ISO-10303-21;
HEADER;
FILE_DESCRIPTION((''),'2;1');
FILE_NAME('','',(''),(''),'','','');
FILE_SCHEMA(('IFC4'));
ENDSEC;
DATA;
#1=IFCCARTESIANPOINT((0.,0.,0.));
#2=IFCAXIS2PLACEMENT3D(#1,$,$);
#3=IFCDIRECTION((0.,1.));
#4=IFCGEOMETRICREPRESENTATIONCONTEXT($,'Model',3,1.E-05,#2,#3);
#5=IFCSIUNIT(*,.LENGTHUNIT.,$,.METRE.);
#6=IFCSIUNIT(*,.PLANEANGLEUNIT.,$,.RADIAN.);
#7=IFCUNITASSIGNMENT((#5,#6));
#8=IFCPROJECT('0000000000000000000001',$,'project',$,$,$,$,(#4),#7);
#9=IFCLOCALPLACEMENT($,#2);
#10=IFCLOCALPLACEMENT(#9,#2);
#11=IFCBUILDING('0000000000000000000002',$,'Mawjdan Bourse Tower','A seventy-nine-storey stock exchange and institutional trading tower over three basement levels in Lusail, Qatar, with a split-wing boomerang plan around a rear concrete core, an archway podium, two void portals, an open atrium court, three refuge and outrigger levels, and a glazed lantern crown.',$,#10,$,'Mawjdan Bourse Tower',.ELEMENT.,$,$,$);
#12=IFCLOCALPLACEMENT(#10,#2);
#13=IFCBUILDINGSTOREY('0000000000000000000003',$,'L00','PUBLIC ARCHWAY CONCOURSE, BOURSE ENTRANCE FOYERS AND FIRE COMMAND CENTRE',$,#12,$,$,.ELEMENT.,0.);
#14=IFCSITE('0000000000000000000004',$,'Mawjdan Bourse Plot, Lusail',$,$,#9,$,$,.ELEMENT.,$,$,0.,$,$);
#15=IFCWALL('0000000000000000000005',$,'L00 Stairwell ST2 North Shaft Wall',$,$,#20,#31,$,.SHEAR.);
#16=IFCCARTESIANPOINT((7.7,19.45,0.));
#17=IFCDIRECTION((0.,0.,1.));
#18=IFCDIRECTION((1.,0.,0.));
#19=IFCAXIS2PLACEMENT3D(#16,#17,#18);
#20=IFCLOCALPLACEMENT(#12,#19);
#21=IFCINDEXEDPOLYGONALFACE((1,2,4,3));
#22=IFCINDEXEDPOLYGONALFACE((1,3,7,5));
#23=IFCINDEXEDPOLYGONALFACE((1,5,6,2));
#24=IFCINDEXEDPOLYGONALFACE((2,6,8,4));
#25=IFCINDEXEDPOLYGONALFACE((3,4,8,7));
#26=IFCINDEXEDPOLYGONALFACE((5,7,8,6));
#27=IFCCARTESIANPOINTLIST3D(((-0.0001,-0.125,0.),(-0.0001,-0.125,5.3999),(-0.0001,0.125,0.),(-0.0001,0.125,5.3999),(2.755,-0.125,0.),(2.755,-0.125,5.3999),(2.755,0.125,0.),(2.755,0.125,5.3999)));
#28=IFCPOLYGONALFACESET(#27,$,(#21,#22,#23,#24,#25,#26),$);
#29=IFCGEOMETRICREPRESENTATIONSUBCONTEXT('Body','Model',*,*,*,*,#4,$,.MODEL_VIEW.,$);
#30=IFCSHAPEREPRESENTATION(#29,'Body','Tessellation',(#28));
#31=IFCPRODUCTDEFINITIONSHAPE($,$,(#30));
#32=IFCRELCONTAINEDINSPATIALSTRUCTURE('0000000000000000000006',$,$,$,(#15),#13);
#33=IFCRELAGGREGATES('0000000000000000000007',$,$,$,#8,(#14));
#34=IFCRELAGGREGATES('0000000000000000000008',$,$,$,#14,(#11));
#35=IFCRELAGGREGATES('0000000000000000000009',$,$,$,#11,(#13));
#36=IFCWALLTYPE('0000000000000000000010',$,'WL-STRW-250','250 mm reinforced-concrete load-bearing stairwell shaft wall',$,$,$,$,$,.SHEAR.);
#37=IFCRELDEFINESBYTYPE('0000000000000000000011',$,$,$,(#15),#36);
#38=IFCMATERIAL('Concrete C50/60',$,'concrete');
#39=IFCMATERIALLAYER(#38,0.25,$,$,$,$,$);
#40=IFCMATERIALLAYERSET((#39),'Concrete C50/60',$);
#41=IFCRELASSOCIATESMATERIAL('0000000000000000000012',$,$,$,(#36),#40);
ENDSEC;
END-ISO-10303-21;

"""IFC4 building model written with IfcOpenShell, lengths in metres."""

from ifc_helpers import new_model, si_unit, direction, frame, frame_2d, origin, place, context, subcontext, project, spatial, rectangle, extrude, material, layer, layer_set, type_object, element, save


model = new_model("IFC4")

# Units and contexts
model_context = context("Model", 3, precision=1e-05, world=origin(), true_north=direction((0.0, 1.0)))
body_context = subcontext(model_context, "Body", "Model", "MODEL_VIEW")
ifc_project = project(units=[si_unit("LENGTHUNIT", "METRE"), si_unit("PLANEANGLEUNIT", "RADIAN")], contexts=[model_context])

# Site, building, storey
site_placement = place(None, origin())
site = spatial("IfcSite", under=ifc_project, at=site_placement, Name="Mawjdan Bourse Plot, Lusail", CompositionType="ELEMENT", RefElevation=0.0)
building_placement = place(site_placement, origin())
building = spatial("IfcBuilding", under=site, at=building_placement, Name="Mawjdan Bourse Tower", Description="A seventy-nine-storey stock exchange and institutional trading tower over three basement levels in Lusail, Qatar, with a split-wing boomerang plan around a rear concrete core, an archway podium, two void portals, an open atrium court, three refuge and outrigger levels, and a glazed lantern crown.", LongName="Mawjdan Bourse Tower", CompositionType="ELEMENT")
storey_placement = place(building_placement, origin())
storey = spatial("IfcBuildingStorey", under=building, at=storey_placement, Name="L00", Description="PUBLIC ARCHWAY CONCOURSE, BOURSE ENTRANCE FOYERS AND FIRE COMMAND CENTRE", CompositionType="ELEMENT", Elevation=0.0)

# Wall
ifc_material_1 = material(Name="Concrete C50/60", Category="concrete")
ifc_layer_1 = layer(ifc_material_1, 0.25)
ifc_layer_set_1 = layer_set([ifc_layer_1], Name="Concrete C50/60")
wall_type_1 = type_object("IfcWallType", Name="WL-STRW-250", Description="250 mm reinforced-concrete load-bearing stairwell shaft wall", PredefinedType="SHEAR", material=ifc_layer_set_1)
wall_1_placement = place(storey_placement, frame((7.7, 19.45, 0.0), z_axis=(0.0, 0.0, 1.0), x_axis=(1.0, 0.0, 0.0)))
element("IfcWall", 1, at=wall_1_placement, inside=storey, type_object=wall_type_1, Name="L00 Stairwell ST2 North Shaft Wall", PredefinedType="SHEAR", context=body_context, shape_type="SweptSolid", body=[
    extrude(rectangle(XDim=2.7551, YDim=0.25, at=frame_2d((1.3774, 0.0))), origin(), (0.0, 0.0, 1.0), 5.3999),
])

save(model, "model.ifc")
